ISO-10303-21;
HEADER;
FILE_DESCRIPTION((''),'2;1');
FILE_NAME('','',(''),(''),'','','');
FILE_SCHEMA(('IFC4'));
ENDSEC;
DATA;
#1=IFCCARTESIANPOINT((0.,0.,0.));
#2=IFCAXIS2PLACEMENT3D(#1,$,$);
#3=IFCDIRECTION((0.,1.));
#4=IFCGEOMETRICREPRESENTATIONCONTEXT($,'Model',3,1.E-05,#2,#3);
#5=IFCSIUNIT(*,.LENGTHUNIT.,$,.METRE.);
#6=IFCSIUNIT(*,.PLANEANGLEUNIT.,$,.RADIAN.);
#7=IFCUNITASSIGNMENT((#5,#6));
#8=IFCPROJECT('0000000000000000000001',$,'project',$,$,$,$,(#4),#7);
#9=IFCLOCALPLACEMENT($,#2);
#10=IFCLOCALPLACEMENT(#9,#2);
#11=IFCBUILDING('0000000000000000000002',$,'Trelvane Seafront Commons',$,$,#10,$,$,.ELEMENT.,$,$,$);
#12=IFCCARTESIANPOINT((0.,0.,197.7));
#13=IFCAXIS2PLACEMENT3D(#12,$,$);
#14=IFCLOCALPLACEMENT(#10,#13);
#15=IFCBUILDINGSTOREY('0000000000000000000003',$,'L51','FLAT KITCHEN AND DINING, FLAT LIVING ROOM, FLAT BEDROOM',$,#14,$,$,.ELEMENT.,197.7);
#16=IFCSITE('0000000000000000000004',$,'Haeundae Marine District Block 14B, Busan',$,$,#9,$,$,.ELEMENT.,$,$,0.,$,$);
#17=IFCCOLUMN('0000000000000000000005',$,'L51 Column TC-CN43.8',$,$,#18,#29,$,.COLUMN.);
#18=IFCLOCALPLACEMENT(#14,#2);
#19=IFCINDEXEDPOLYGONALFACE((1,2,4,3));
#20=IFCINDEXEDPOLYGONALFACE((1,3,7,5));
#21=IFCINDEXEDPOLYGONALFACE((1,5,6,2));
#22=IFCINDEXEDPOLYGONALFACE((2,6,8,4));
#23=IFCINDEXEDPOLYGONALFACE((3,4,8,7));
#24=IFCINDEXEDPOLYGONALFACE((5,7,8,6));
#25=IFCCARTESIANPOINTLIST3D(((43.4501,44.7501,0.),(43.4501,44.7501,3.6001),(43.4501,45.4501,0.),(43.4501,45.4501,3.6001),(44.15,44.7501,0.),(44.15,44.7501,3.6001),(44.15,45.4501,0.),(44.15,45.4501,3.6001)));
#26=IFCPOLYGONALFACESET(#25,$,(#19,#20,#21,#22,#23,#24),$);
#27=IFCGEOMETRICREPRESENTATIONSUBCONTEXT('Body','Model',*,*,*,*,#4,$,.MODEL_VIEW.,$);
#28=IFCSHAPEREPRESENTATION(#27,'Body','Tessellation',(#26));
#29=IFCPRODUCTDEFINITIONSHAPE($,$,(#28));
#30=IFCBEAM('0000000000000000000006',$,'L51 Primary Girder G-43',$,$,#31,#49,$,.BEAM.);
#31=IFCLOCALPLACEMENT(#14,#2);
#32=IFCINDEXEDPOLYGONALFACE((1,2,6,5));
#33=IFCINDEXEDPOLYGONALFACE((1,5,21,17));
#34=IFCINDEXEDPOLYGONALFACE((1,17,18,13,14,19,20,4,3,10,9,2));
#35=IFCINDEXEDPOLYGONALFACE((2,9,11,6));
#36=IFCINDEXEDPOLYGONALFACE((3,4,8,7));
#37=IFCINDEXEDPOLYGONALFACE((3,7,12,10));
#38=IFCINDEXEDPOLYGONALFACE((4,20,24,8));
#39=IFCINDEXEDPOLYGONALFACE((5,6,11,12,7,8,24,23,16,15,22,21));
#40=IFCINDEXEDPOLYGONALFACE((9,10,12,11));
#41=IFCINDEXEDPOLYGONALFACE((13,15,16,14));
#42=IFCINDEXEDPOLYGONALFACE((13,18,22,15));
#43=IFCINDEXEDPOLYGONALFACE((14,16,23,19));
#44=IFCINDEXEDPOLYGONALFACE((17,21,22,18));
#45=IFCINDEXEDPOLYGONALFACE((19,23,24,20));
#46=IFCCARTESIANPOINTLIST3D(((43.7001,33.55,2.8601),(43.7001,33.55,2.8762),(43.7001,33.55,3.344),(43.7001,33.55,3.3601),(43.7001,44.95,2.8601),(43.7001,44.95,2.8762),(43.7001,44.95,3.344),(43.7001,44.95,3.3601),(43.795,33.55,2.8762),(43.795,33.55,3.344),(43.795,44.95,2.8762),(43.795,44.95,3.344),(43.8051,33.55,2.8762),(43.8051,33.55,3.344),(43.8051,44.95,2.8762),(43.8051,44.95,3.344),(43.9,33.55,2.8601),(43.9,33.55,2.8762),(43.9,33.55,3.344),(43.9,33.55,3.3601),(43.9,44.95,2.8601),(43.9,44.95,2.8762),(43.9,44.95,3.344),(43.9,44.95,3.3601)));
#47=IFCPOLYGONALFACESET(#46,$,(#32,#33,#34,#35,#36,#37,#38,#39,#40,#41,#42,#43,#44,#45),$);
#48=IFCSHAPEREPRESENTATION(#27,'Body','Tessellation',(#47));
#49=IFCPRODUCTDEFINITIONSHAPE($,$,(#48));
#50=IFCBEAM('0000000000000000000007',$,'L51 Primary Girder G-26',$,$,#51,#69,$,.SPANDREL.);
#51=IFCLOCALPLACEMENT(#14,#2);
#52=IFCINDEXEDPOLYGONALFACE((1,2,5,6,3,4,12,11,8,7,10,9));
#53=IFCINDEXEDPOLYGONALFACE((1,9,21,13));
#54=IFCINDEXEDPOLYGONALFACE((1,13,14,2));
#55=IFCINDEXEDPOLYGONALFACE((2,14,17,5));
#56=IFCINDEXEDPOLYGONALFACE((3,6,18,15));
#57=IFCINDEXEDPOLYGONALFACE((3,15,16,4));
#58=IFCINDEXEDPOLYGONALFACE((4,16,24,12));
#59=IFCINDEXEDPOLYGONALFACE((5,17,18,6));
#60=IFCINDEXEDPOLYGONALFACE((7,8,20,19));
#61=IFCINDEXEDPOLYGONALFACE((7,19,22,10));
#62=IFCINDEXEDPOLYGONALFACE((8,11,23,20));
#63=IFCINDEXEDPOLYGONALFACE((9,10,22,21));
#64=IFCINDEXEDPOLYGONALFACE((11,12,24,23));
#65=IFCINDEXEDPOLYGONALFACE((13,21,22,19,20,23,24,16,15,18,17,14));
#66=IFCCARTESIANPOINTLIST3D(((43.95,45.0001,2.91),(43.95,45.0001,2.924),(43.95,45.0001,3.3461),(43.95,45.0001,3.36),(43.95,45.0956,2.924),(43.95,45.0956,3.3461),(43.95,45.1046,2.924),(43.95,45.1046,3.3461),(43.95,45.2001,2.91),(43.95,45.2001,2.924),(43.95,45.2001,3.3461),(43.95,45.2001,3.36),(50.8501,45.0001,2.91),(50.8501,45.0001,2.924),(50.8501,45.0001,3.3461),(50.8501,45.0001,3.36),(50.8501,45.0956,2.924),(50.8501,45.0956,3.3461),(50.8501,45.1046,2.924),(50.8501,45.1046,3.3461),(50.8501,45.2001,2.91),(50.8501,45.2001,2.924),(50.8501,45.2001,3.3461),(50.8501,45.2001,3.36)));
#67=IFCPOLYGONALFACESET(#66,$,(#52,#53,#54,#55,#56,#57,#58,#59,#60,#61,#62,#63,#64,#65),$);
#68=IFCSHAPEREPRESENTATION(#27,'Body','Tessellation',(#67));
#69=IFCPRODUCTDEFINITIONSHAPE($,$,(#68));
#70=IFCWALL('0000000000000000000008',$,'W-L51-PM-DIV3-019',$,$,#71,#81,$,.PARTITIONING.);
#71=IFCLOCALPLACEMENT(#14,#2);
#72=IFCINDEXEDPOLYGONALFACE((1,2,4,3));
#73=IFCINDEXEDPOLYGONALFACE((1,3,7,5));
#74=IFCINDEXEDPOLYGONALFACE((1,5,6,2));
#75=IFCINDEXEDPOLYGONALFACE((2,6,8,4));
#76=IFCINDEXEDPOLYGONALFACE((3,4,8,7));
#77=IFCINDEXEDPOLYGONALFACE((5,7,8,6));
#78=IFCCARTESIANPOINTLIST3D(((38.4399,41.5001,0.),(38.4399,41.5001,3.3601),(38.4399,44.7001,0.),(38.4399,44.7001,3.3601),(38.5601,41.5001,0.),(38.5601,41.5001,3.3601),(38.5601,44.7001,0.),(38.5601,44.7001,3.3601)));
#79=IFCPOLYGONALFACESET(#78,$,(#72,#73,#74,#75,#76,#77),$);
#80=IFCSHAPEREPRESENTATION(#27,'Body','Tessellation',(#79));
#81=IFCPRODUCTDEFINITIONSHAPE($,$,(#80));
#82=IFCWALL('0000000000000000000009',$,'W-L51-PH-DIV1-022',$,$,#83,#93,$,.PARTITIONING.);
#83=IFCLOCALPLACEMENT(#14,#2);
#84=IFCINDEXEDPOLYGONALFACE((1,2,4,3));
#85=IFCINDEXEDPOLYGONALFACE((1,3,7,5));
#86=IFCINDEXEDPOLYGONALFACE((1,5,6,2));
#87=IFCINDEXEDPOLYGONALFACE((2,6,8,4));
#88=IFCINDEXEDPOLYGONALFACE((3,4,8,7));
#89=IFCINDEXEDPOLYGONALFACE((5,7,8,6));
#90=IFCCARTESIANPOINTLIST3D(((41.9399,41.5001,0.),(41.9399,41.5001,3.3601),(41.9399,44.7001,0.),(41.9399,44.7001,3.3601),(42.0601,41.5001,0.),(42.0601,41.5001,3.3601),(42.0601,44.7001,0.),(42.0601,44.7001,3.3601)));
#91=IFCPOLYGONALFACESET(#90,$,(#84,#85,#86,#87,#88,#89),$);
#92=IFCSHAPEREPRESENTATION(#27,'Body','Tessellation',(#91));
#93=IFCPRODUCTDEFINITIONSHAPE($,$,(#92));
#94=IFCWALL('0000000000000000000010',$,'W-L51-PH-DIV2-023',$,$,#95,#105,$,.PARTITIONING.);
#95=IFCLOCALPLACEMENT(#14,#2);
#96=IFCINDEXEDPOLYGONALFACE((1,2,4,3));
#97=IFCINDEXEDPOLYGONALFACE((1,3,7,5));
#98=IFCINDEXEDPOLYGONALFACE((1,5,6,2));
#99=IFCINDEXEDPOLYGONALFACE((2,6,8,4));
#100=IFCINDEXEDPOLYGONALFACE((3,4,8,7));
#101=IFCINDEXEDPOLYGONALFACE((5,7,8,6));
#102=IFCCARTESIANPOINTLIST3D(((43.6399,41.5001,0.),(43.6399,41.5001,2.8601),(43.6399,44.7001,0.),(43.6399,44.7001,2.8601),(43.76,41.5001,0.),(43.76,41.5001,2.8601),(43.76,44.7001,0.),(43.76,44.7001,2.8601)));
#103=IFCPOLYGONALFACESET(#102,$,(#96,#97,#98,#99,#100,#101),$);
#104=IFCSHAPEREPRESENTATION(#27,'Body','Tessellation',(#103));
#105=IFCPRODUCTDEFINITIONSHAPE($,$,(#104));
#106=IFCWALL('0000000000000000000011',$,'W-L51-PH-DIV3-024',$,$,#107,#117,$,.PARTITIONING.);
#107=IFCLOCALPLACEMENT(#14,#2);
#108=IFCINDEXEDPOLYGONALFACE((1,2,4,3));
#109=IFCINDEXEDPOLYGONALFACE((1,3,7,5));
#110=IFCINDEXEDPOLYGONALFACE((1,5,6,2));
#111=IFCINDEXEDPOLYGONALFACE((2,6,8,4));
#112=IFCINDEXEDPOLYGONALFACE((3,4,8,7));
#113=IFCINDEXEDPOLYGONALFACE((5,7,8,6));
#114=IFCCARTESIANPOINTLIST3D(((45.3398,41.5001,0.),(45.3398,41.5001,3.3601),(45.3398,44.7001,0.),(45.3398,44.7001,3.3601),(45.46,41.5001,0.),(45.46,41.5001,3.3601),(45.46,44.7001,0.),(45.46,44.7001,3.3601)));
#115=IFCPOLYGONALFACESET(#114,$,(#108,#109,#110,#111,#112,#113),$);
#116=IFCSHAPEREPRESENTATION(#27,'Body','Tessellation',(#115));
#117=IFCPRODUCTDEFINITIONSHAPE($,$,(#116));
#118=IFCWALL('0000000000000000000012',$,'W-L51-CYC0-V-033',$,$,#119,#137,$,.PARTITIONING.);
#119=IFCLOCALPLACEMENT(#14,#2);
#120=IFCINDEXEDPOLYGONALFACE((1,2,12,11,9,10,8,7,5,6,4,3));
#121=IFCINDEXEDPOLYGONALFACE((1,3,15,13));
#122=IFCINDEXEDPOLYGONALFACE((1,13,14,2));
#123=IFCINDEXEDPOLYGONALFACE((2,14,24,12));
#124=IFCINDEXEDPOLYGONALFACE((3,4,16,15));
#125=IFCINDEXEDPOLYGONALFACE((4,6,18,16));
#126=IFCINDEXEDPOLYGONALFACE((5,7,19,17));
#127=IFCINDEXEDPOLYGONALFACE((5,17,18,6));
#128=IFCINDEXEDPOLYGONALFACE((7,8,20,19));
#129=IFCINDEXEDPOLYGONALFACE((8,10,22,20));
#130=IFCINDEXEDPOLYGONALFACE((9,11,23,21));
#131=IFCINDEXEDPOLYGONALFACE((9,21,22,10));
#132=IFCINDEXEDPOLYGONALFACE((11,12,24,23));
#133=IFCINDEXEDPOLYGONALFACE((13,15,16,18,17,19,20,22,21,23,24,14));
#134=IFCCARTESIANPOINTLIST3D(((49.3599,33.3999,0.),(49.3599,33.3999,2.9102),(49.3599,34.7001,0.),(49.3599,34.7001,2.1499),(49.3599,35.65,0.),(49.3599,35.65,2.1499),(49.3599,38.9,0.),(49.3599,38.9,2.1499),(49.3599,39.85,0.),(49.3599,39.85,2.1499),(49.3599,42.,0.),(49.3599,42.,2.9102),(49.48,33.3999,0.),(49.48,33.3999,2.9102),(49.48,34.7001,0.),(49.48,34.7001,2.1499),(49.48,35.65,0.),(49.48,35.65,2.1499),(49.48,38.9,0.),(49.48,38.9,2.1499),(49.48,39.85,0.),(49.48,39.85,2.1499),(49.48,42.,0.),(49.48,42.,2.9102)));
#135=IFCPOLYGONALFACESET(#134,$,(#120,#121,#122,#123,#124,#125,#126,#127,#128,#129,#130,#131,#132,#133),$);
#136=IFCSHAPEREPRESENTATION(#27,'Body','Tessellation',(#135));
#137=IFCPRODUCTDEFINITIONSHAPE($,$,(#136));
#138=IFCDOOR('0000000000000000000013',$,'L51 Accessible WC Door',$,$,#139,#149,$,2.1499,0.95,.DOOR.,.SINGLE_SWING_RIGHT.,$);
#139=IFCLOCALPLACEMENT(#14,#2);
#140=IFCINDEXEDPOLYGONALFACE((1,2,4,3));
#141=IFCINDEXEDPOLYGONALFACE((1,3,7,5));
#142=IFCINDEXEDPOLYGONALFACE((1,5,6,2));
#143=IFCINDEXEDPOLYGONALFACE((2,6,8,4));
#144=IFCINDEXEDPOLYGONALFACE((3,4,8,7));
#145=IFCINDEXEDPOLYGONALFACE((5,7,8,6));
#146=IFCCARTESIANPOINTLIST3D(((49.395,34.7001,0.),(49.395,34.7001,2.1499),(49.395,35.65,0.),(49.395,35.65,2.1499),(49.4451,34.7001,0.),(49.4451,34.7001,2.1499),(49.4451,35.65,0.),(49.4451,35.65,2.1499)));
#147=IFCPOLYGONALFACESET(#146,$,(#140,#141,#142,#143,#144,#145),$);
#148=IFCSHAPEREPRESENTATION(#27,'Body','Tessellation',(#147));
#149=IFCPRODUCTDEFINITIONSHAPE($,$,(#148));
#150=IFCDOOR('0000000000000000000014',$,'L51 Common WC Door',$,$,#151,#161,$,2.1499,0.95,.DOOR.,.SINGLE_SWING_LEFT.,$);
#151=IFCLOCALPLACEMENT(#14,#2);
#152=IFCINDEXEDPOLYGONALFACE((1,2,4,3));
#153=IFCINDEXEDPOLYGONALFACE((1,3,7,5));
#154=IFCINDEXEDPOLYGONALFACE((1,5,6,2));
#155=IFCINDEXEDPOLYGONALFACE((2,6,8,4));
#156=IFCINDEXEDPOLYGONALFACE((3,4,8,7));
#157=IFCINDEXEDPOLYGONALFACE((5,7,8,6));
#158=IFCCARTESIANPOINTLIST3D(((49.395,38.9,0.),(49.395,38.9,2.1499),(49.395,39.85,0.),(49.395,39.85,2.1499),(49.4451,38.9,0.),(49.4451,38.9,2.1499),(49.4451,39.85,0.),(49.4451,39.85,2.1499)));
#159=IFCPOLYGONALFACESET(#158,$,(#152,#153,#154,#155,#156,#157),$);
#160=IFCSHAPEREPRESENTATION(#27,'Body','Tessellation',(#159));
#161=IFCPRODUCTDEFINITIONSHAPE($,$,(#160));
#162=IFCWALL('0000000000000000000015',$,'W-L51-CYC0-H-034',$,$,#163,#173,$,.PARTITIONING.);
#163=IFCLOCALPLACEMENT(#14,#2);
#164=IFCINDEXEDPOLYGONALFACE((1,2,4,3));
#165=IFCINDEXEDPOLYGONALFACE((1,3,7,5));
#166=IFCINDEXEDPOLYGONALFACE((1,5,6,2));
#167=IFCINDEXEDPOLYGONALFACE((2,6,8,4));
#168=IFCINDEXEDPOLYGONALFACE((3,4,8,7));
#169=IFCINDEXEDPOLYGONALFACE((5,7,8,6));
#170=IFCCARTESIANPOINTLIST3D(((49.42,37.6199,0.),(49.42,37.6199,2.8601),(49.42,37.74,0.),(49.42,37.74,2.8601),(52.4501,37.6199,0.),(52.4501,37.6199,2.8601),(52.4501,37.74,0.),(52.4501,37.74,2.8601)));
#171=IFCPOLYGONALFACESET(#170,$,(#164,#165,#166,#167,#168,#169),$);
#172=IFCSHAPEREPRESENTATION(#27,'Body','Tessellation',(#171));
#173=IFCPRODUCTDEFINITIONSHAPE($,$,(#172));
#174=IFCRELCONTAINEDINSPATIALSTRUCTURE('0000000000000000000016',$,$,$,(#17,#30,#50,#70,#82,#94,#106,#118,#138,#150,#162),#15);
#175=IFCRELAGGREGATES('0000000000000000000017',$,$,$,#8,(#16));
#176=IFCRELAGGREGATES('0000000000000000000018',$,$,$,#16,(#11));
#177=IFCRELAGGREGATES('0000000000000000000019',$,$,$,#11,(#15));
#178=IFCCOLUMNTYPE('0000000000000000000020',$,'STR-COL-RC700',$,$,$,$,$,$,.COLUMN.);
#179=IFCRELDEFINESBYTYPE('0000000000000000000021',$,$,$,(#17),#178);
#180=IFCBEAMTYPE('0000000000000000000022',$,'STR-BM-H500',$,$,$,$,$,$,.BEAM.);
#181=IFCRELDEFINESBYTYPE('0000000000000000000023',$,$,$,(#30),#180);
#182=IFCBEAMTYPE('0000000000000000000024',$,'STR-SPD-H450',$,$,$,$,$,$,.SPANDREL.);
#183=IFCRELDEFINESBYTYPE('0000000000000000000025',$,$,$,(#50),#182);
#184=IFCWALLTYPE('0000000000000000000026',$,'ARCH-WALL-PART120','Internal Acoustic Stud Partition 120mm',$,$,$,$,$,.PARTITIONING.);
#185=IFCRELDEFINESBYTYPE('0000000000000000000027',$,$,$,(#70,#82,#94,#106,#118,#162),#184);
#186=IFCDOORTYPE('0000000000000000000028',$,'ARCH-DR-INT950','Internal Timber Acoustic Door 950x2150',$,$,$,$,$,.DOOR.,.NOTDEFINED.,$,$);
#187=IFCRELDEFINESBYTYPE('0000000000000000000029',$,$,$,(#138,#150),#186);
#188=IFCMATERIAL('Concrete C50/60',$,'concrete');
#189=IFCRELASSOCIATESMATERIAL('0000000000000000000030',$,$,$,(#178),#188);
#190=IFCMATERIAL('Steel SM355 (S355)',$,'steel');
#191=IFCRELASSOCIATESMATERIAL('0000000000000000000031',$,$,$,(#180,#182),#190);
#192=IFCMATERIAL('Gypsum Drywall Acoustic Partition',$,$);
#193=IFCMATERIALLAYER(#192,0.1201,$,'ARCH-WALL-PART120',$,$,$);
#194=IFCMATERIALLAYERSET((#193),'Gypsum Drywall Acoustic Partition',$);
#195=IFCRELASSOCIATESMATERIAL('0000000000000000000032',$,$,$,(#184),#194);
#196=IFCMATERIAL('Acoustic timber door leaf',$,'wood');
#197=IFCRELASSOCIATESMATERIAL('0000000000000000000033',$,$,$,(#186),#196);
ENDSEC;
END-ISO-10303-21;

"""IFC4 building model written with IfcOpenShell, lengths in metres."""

from ifc_helpers import new_model, si_unit, direction, frame, frame_2d, origin, origin_2d, place, context, subcontext, project, spatial, rectangle, i_section, extrude, source, transform, mapped, material, layer, layer_set, material_profile, profile_set, type_object, element, fill, save


model = new_model("IFC4")

# Units and contexts
model_context = context("Model", 3, precision=1e-05, world=origin(), true_north=direction((0.0, 1.0)))
body_context = subcontext(model_context, "Body", "Model", "MODEL_VIEW")
ifc_project = project(units=[si_unit("LENGTHUNIT", "METRE"), si_unit("PLANEANGLEUNIT", "RADIAN")], contexts=[model_context])

# Site, building, storey
site_placement = place(None, origin())
site = spatial("IfcSite", under=ifc_project, at=site_placement, Name="Haeundae Marine District Block 14B, Busan", CompositionType="ELEMENT", RefElevation=0.0)
building_placement = place(site_placement, origin())
building = spatial("IfcBuilding", under=site, at=building_placement, Name="Trelvane Seafront Commons", CompositionType="ELEMENT")
storey_placement = place(building_placement, frame((0.0, 0.0, 197.7)))
storey = spatial("IfcBuildingStorey", under=building, at=storey_placement, Name="L51", Description="FLAT KITCHEN AND DINING, FLAT LIVING ROOM, FLAT BEDROOM", CompositionType="ELEMENT", Elevation=197.7)

# Column
ifc_material_1 = material(Name="Concrete C50/60", Category="concrete")
ifc_material_profile_1 = material_profile(ifc_material_1, rectangle(XDim=0.7, YDim=0.7, at=origin_2d()), Name="RC-700x700")
ifc_profile_set_1 = profile_set([ifc_material_profile_1], Name="Concrete C50/60")
column_type = type_object("IfcColumnType", Name="STR-COL-RC700", PredefinedType="COLUMN", material=ifc_profile_set_1)
shared_shape_1 = source(origin(), body_context, "Body", "SweptSolid", [
    extrude(rectangle(XDim=0.7, YDim=0.7, at=origin_2d()), origin(), (0.0, 0.0, 1.0), 3.6001),
])
column_placement = place(storey_placement, frame((43.8, 45.1001, 0.0), z_axis=(0.0, 0.0, 1.0), x_axis=(1.0, 0.0, 0.0)))
element("IfcColumn", 1, at=column_placement, inside=storey, type_object=column_type, Name="L51 Column TC-CN43.8", PredefinedType="COLUMN", context=body_context, shape_type="MappedRepresentation", body=[
    mapped(shared_shape_1, transform((0.0, 0.0, 0.0), x_axis=(1.0, 0.0, 0.0), y_axis=(0.0, 1.0, 0.0), z_axis=(0.0, 0.0, 1.0), scale=1.0)),
])

# Beams
ifc_material_2 = material(Name="Steel SM355 (S355)", Category="steel")
ifc_material_profile_2 = material_profile(ifc_material_2, i_section(OverallWidth=0.2, OverallDepth=0.5, WebThickness=0.01, FlangeThickness=0.0161, at=origin_2d()), Name="H-500x200x10x16")
ifc_profile_set_2 = profile_set([ifc_material_profile_2], Name="Steel SM355 (S355)")
beam_type_1 = type_object("IfcBeamType", Name="STR-BM-H500", PredefinedType="BEAM", material=ifc_profile_set_2)
shared_shape_2 = source(origin(), body_context, "Body", "SweptSolid", [
    extrude(i_section(OverallWidth=0.2, OverallDepth=0.5, WebThickness=0.01, FlangeThickness=0.0161, at=origin_2d()), origin(), (0.0, 0.0, 1.0), 11.3999),
])
beam_1_placement = place(storey_placement, frame((43.8, 33.55, 3.1101), z_axis=(0.0, 1.0, 0.0), x_axis=(-1.0, 0.0, 0.0)))
element("IfcBeam", 2, at=beam_1_placement, inside=storey, type_object=beam_type_1, Name="L51 Primary Girder G-43", PredefinedType="BEAM", context=body_context, shape_type="MappedRepresentation", body=[
    mapped(shared_shape_2, transform((0.0, 0.0, 0.0), x_axis=(1.0, 0.0, 0.0), y_axis=(0.0, 1.0, 0.0), z_axis=(0.0, 0.0, 1.0), scale=1.0)),
])
ifc_material_profile_3 = material_profile(ifc_material_2, i_section(OverallWidth=0.2, OverallDepth=0.45, WebThickness=0.009, FlangeThickness=0.0139, at=origin_2d()), Name="H-450x200x9x14")
ifc_profile_set_3 = profile_set([ifc_material_profile_3], Name="Steel SM355 (S355)")
beam_type_2 = type_object("IfcBeamType", Name="STR-SPD-H450", PredefinedType="SPANDREL", material=ifc_profile_set_3)
shared_shape_3 = source(origin(), body_context, "Body", "SweptSolid", [
    extrude(i_section(OverallWidth=0.2, OverallDepth=0.45, WebThickness=0.009, FlangeThickness=0.0139, at=origin_2d()), origin(), (0.0, 0.0, 1.0), 6.9001),
])
beam_2_placement = place(storey_placement, frame((43.95, 45.1001, 3.135), z_axis=(1.0, 0.0, 0.0), x_axis=(0.0, 1.0, 0.0)))
element("IfcBeam", 3, at=beam_2_placement, inside=storey, type_object=beam_type_2, Name="L51 Primary Girder G-26", PredefinedType="SPANDREL", context=body_context, shape_type="MappedRepresentation", body=[
    mapped(shared_shape_3, transform((0.0, 0.0, 0.0), x_axis=(1.0, 0.0, 0.0), y_axis=(0.0, 1.0, 0.0), z_axis=(0.0, 0.0, 1.0), scale=1.0)),
])

# Shared definitions
shared_shape_4 = source(origin(), body_context, "Body", "SweptSolid", [
    extrude(rectangle(XDim=0.95, YDim=2.1499, at=frame_2d((0.4751, 1.075))), frame((0.0, 0.0249, 0.0), z_axis=(0.0, -1.0, 0.0), x_axis=(1.0, 0.0, 0.0)), (0.0, 0.0, 1.0), 0.05),
])

# Walls
ifc_material_3 = material(Name="Gypsum Drywall Acoustic Partition")
ifc_layer_1 = layer(ifc_material_3, 0.1201, Name="ARCH-WALL-PART120")
ifc_layer_set_1 = layer_set([ifc_layer_1], Name="Gypsum Drywall Acoustic Partition")
wall_type_1 = type_object("IfcWallType", Name="ARCH-WALL-PART120", Description="Internal Acoustic Stud Partition 120mm", PredefinedType="PARTITIONING", material=ifc_layer_set_1)
for number, where, z_axis, x_axis, name in (
    (4, (38.5, 41.5, 0.0), (0.0, 0.0, 1.0), (0.0, 1.0, 0.0), "W-L51-PM-DIV3-019"),
    (5, (42.0, 41.5, 0.0), (0.0, 0.0, 1.0), (0.0, 1.0, 0.0), "W-L51-PH-DIV1-022"),
):
    element("IfcWall", number, at=place(storey_placement, frame(where, z_axis=z_axis, x_axis=x_axis)), inside=storey, type_object=wall_type_1, Name=name, PredefinedType="PARTITIONING", context=body_context, shape_type="SweptSolid", body=[
        extrude(rectangle(XDim=3.2, YDim=0.1201, at=frame_2d((1.6001, 0.0))), origin(), (0.0, 0.0, 1.0), 3.3601),
    ])
wall_1_placement = place(storey_placement, frame((43.7, 41.5, 0.0), z_axis=(0.0, 0.0, 1.0), x_axis=(0.0, 1.0, 0.0)))
element("IfcWall", 6, at=wall_1_placement, inside=storey, type_object=wall_type_1, Name="W-L51-PH-DIV2-023", PredefinedType="PARTITIONING", context=body_context, shape_type="SweptSolid", body=[
    extrude(rectangle(XDim=3.2, YDim=0.1201, at=frame_2d((1.6001, 0.0))), origin(), (0.0, 0.0, 1.0), 2.8601),
])
wall_2_placement = place(storey_placement, frame((45.3999, 41.5, 0.0), z_axis=(0.0, 0.0, 1.0), x_axis=(0.0, 1.0, 0.0)))
element("IfcWall", 7, at=wall_2_placement, inside=storey, type_object=wall_type_1, Name="W-L51-PH-DIV3-024", PredefinedType="PARTITIONING", context=body_context, shape_type="SweptSolid", body=[
    extrude(rectangle(XDim=3.2, YDim=0.1201, at=frame_2d((1.6001, 0.0))), origin(), (0.0, 0.0, 1.0), 3.3601),
])

# Wall, openings, doors
wall_3_placement = place(storey_placement, frame((49.4199, 33.3999, 0.0), z_axis=(0.0, 0.0, 1.0), x_axis=(0.0, 1.0, 0.0)))
wall_3 = element("IfcWall", 8, at=wall_3_placement, inside=storey, type_object=wall_type_1, Name="W-L51-CYC0-V-033", PredefinedType="PARTITIONING", context=body_context, shape_type="SweptSolid", body=[
    extrude(rectangle(XDim=8.6001, YDim=0.1201, at=frame_2d((4.3, 0.0))), origin(), (0.0, 0.0, 1.0), 2.9102),
])
opening_1_placement = place(wall_3_placement, frame((1.3, 0.0, 0.0)))
opening_1 = element("IfcOpeningElement", 9, at=opening_1_placement, cuts=wall_3, PredefinedType="OPENING", context=body_context, shape_type="SweptSolid", body=[
    extrude(rectangle(XDim=0.95, YDim=2.1499, at=frame_2d((0.4751, 1.075))), frame((0.0, 0.0701, 0.0), z_axis=(0.0, -1.0, 0.0), x_axis=(1.0, 0.0, 0.0)), (0.0, 0.0, 1.0), 0.1401),
])
opening_2_placement = place(wall_3_placement, frame((5.5, 0.0, 0.0)))
opening_2 = element("IfcOpeningElement", 10, at=opening_2_placement, cuts=wall_3, PredefinedType="OPENING", context=body_context, shape_type="SweptSolid", body=[
    extrude(rectangle(XDim=0.95, YDim=2.1499, at=frame_2d((0.4751, 1.075))), frame((0.0, 0.0701, 0.0), z_axis=(0.0, -1.0, 0.0), x_axis=(1.0, 0.0, 0.0)), (0.0, 0.0, 1.0), 0.1401),
])
ifc_material_4 = material(Name="Acoustic timber door leaf", Category="wood")
door_type_1 = type_object("IfcDoorType", Name="ARCH-DR-INT950", Description="Internal Timber Acoustic Door 950x2150", OperationType="NOTDEFINED", PredefinedType="DOOR", material=ifc_material_4)
door_1_placement = place(opening_1_placement, origin())
door_1 = element("IfcDoor", 11, at=door_1_placement, inside=storey, type_object=door_type_1, Name="L51 Accessible WC Door", OperationType="SINGLE_SWING_RIGHT", OverallHeight=2.1499, OverallWidth=0.95, PredefinedType="DOOR", context=body_context, shape_type="MappedRepresentation", body=[
    mapped(shared_shape_4, transform((0.0, 0.0, 0.0), x_axis=(1.0, 0.0, 0.0), y_axis=(0.0, 1.0, 0.0), z_axis=(0.0, 0.0, 1.0), scale=1.0)),
])
fill(opening_1, door_1)
door_2_placement = place(opening_2_placement, origin())
door_2 = element("IfcDoor", 12, at=door_2_placement, inside=storey, type_object=door_type_1, Name="L51 Common WC Door", OperationType="SINGLE_SWING_LEFT", OverallHeight=2.1499, OverallWidth=0.95, PredefinedType="DOOR", context=body_context, shape_type="MappedRepresentation", body=[
    mapped(shared_shape_4, transform((0.0, 0.0, 0.0), x_axis=(1.0, 0.0, 0.0), y_axis=(0.0, 1.0, 0.0), z_axis=(0.0, 0.0, 1.0), scale=1.0)),
])
fill(opening_2, door_2)

# Wall
wall_4_placement = place(storey_placement, frame((49.4199, 37.6799, 0.0), z_axis=(0.0, 0.0, 1.0), x_axis=(1.0, 0.0, 0.0)))
element("IfcWall", 13, at=wall_4_placement, inside=storey, type_object=wall_type_1, Name="W-L51-CYC0-H-034", PredefinedType="PARTITIONING", context=body_context, shape_type="SweptSolid", body=[
    extrude(rectangle(XDim=3.03, YDim=0.1201, at=frame_2d((1.5151, 0.0))), origin(), (0.0, 0.0, 1.0), 2.8601),
])

save(model, "model.ifc")
